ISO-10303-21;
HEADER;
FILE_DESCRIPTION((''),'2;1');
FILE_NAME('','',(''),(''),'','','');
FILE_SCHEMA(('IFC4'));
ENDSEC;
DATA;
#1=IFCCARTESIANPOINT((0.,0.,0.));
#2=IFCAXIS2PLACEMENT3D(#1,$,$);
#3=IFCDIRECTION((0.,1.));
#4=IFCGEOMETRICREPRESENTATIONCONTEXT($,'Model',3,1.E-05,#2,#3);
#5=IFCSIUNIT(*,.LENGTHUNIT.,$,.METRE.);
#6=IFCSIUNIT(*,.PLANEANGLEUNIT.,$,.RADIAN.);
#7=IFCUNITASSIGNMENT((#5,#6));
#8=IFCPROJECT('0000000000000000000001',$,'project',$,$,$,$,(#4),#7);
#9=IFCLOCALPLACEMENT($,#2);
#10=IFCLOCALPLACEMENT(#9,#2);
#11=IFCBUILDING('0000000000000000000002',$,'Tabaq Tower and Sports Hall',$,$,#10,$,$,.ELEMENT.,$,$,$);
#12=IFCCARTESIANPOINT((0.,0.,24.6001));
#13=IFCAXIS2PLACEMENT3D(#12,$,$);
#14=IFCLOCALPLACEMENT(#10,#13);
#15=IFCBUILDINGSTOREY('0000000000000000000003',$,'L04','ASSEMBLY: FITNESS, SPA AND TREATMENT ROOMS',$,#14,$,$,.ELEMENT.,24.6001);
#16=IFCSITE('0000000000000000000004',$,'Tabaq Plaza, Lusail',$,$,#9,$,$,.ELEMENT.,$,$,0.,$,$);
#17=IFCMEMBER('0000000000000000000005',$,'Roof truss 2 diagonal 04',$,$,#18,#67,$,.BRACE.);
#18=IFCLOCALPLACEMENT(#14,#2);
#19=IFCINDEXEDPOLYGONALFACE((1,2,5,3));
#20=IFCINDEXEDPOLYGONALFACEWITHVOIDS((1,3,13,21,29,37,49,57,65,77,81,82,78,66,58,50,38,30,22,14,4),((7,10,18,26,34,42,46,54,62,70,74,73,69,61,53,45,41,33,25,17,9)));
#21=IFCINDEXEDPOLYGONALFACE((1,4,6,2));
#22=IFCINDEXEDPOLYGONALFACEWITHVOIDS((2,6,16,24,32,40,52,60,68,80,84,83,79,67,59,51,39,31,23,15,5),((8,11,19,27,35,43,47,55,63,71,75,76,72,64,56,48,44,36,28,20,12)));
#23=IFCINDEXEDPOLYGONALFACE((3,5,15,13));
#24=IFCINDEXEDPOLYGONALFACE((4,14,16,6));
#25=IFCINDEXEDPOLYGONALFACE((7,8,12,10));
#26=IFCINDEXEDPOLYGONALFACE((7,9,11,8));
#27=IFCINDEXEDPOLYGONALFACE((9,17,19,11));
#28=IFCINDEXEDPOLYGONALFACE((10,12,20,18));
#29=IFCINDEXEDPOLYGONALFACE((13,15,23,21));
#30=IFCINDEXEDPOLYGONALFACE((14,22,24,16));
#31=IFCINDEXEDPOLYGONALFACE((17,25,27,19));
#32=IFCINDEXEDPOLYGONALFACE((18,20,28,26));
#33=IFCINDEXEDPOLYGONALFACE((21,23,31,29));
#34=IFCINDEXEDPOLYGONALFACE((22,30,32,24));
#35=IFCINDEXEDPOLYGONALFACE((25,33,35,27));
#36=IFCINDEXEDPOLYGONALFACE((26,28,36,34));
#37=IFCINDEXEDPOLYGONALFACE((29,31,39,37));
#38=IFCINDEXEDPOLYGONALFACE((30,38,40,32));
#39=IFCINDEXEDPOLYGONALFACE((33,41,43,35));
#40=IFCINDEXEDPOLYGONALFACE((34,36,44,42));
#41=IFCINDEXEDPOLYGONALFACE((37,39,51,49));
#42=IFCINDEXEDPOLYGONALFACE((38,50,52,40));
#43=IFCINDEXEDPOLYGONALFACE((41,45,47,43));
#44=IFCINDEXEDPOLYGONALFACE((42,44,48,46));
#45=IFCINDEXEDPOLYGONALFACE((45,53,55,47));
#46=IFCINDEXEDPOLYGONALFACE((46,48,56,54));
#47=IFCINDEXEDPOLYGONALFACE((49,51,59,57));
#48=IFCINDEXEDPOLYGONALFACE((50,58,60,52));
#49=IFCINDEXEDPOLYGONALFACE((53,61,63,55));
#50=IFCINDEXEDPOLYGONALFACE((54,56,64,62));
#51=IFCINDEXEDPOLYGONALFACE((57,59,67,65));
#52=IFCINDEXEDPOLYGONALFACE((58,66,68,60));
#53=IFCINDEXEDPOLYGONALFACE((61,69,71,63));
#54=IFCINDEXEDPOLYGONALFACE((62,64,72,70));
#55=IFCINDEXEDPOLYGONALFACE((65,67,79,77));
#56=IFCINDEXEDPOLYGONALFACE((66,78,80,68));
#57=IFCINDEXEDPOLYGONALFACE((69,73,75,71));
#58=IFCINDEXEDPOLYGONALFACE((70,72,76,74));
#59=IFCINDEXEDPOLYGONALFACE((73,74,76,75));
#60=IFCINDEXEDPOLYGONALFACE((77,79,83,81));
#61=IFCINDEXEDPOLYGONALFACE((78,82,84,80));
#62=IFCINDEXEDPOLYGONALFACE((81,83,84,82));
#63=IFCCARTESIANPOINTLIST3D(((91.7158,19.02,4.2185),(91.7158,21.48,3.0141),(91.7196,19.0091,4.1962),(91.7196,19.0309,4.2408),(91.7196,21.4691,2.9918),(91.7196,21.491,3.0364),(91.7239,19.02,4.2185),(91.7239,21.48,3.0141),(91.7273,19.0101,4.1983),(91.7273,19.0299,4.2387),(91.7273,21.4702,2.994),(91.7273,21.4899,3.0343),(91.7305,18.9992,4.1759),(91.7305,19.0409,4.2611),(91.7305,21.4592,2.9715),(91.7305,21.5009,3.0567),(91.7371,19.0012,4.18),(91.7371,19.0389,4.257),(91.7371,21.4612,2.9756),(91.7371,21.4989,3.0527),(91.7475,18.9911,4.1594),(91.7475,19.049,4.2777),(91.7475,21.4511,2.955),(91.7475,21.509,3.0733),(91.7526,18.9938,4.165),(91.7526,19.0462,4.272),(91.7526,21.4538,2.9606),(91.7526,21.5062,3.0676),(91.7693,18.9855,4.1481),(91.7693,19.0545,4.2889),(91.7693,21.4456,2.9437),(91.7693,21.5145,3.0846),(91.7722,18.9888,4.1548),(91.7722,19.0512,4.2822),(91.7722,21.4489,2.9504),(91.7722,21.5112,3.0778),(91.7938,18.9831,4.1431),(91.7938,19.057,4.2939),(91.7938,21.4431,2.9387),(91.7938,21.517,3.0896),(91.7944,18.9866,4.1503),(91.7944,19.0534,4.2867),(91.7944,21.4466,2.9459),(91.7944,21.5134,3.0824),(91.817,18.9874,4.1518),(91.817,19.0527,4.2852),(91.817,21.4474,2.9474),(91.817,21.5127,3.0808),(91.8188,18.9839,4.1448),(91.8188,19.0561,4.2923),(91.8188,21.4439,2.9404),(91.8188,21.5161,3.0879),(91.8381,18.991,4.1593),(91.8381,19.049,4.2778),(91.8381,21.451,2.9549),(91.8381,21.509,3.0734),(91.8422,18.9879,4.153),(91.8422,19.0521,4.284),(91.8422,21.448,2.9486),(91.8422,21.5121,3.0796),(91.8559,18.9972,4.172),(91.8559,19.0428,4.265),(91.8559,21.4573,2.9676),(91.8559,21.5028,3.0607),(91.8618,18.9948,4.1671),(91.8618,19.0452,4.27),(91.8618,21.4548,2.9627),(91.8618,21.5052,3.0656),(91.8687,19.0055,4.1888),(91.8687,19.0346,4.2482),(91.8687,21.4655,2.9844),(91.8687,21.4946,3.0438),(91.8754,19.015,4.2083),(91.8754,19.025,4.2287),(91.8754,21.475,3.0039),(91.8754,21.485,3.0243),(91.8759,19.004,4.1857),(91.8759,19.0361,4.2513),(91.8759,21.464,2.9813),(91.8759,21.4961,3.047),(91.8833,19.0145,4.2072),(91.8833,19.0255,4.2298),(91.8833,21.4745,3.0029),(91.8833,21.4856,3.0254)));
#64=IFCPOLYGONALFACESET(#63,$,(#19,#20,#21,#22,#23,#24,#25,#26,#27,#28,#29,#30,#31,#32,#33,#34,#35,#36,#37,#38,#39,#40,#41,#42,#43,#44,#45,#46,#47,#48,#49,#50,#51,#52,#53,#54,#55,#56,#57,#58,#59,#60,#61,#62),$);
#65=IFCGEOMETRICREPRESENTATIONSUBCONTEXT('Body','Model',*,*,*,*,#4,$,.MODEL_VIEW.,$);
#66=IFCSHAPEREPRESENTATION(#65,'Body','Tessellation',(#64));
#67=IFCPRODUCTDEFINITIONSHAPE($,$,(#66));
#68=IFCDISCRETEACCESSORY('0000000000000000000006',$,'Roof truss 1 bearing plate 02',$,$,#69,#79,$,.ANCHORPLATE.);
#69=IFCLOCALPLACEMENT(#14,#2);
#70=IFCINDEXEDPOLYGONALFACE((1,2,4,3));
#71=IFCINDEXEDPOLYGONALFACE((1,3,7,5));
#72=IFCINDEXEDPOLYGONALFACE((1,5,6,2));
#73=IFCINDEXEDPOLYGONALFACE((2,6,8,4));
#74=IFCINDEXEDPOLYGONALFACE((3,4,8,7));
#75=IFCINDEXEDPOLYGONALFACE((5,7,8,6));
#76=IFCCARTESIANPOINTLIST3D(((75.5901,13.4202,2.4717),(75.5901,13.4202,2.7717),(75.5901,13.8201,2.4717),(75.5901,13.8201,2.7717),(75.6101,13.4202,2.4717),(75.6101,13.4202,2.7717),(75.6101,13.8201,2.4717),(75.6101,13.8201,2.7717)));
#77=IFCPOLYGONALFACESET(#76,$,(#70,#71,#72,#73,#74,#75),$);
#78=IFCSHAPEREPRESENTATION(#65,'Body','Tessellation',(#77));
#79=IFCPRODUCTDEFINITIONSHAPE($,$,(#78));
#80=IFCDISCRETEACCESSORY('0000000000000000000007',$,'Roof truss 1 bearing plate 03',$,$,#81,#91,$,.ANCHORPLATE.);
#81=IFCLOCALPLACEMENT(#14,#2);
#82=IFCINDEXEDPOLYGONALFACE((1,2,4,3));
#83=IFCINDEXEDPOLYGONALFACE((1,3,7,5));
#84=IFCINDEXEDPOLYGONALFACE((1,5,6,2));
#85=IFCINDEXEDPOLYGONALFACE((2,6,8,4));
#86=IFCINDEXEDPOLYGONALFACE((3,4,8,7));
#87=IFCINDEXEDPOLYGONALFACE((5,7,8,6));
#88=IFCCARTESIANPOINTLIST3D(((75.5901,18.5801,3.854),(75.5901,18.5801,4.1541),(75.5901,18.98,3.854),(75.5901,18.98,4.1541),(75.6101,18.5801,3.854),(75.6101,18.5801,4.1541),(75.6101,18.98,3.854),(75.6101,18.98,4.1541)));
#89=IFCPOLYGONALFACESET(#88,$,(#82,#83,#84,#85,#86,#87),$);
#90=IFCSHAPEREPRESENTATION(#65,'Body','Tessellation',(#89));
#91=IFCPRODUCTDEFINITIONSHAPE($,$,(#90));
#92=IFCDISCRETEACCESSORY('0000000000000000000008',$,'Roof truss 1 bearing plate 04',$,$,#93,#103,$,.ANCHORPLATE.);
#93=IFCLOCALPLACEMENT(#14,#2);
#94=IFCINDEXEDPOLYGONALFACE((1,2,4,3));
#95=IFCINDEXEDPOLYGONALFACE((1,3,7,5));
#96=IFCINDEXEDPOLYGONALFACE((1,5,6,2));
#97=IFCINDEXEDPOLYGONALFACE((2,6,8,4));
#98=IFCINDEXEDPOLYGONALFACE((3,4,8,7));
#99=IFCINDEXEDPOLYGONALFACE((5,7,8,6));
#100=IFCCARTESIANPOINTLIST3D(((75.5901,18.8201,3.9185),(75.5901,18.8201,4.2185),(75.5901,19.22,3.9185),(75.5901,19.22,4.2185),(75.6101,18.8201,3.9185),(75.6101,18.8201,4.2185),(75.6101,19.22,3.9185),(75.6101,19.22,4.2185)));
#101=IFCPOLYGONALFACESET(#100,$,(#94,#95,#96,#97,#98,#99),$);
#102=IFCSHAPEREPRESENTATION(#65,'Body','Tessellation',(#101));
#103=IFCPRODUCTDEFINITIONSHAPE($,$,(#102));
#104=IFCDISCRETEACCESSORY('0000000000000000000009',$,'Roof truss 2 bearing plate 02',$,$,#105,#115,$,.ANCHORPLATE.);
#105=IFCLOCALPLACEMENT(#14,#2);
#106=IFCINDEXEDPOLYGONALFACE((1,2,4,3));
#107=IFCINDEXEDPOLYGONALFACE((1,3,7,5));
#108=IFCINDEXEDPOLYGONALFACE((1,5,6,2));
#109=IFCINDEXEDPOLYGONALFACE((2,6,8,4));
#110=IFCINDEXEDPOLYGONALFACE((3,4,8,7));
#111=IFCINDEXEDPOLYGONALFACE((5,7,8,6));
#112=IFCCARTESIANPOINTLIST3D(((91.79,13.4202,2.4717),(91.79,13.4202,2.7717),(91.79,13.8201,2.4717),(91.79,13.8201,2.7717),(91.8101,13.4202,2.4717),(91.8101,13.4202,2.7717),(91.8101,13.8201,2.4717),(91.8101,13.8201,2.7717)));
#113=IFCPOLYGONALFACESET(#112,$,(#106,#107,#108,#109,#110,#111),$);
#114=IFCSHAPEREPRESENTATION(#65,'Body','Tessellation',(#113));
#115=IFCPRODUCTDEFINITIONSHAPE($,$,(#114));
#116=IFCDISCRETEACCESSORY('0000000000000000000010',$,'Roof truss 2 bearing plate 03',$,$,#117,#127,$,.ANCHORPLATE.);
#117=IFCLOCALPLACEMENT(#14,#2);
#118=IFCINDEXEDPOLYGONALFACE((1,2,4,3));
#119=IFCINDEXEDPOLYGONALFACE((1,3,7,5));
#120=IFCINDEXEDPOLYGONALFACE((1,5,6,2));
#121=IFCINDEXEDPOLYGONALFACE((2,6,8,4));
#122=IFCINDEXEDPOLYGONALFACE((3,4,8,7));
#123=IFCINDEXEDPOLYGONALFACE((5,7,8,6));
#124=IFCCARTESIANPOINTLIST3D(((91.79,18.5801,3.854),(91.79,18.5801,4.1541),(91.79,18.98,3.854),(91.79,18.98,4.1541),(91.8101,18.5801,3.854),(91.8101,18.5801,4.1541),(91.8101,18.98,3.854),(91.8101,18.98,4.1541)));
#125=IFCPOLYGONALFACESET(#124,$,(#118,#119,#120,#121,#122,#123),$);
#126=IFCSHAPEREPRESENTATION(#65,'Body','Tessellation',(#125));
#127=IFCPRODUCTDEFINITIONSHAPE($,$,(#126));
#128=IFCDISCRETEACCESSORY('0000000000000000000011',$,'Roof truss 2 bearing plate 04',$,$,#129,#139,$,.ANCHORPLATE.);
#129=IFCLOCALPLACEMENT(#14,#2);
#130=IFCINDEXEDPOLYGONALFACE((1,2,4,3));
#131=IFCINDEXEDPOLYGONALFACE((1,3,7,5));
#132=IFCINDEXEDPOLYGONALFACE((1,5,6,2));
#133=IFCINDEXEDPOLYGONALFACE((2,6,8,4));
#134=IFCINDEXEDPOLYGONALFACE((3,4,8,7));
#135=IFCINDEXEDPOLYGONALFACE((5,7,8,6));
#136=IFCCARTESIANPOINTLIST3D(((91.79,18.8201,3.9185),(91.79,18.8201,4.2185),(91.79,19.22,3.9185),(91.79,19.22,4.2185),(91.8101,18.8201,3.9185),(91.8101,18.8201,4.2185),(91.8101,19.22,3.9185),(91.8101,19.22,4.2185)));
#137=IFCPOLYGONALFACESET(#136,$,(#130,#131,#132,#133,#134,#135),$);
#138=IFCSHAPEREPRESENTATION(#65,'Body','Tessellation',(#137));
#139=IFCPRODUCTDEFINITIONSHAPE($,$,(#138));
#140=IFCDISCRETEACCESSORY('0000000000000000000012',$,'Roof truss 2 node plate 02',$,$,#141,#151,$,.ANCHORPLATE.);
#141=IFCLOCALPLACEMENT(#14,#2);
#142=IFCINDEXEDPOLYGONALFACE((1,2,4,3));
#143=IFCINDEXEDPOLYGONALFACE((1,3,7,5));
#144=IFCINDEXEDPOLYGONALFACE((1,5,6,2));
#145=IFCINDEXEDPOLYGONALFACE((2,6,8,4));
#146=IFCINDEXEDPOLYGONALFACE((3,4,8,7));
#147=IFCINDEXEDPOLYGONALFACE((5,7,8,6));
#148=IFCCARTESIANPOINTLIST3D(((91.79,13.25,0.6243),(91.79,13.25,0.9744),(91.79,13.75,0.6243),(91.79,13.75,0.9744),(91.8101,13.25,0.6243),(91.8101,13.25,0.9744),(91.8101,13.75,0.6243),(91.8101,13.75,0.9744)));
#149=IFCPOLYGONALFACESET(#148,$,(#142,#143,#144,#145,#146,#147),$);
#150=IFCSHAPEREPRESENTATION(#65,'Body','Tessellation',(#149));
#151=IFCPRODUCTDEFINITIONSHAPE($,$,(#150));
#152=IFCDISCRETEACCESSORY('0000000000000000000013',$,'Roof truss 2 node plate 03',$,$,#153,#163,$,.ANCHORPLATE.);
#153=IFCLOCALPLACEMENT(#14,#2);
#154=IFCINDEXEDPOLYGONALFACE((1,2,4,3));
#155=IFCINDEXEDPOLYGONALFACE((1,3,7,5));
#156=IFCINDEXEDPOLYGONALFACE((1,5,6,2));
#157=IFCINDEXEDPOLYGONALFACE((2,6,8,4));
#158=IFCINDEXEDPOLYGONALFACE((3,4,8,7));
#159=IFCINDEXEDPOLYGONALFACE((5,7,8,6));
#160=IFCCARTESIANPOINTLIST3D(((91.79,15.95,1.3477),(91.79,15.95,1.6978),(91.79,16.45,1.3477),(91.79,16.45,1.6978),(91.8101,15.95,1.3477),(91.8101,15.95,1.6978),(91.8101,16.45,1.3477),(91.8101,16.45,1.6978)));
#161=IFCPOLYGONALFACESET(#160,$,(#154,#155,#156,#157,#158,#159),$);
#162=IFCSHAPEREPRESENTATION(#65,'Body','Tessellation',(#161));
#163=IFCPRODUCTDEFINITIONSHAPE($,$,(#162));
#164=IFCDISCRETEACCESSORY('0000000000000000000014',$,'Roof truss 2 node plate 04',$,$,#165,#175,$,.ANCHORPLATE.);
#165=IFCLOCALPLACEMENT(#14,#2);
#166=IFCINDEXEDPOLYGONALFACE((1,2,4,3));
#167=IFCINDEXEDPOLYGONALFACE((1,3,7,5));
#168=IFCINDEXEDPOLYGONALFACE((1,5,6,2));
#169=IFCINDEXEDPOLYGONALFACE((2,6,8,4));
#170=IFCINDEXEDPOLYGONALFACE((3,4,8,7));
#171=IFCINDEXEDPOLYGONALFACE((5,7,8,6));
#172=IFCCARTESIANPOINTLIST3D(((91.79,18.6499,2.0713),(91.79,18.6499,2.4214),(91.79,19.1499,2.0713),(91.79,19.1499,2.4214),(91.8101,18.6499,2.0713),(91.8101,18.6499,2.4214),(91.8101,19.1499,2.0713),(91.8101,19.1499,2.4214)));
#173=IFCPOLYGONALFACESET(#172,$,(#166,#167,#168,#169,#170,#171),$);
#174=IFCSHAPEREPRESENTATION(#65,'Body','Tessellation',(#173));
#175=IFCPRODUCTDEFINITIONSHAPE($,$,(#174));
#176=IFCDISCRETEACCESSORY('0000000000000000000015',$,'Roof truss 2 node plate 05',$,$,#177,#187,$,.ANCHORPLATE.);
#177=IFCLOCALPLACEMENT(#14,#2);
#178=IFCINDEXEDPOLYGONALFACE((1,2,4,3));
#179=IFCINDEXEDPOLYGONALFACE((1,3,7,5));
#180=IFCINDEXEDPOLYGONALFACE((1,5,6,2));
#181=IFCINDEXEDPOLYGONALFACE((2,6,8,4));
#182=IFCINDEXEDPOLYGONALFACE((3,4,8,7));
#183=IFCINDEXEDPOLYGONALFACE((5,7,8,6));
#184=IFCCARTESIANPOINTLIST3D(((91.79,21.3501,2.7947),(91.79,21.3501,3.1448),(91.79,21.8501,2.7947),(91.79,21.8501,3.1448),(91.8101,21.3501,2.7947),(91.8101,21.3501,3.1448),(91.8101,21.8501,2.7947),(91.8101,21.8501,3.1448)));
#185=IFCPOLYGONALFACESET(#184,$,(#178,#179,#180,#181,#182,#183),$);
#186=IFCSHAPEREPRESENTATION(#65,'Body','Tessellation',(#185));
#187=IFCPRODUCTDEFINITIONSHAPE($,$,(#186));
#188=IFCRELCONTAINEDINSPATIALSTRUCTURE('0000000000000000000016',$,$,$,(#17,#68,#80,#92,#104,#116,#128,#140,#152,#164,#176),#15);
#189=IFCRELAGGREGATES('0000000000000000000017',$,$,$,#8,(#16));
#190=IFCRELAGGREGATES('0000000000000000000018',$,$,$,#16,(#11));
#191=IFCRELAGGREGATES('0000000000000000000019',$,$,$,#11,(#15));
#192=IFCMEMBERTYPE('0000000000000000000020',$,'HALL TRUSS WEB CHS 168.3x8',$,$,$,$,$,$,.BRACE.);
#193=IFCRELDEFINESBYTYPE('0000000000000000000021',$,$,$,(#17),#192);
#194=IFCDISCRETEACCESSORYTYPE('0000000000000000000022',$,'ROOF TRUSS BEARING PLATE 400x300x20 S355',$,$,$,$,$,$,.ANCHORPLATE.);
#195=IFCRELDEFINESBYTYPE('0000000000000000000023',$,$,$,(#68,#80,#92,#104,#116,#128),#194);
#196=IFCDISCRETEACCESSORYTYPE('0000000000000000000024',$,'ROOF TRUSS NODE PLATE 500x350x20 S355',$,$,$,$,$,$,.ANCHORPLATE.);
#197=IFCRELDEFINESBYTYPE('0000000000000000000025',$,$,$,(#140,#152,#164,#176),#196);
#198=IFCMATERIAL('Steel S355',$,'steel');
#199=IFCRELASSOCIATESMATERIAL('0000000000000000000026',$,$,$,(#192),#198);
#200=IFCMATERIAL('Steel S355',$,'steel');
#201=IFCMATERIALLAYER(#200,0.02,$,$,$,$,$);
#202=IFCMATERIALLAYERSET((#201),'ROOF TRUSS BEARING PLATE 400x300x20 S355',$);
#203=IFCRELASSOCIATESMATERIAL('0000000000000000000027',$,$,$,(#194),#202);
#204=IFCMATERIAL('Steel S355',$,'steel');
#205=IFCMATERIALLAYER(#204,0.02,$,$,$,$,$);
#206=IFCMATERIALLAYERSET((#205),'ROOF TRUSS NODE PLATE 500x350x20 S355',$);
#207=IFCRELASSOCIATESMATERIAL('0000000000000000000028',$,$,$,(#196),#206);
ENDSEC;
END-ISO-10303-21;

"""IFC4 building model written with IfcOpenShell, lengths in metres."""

from ifc_helpers import new_model, si_unit, direction, frame, origin, origin_2d, place, context, subcontext, project, spatial, rectangle, hollow_circle, extrude, material, layer, layer_set, material_profile, profile_set, type_object, element, save


model = new_model("IFC4")

# Units and contexts
model_context = context("Model", 3, precision=1e-05, world=origin(), true_north=direction((0.0, 1.0)))
body_context = subcontext(model_context, "Body", "Model", "MODEL_VIEW")
ifc_project = project(units=[si_unit("LENGTHUNIT", "METRE"), si_unit("PLANEANGLEUNIT", "RADIAN")], contexts=[model_context])

# Site, building, storey
site_placement = place(None, origin())
site = spatial("IfcSite", under=ifc_project, at=site_placement, Name="Tabaq Plaza, Lusail", CompositionType="ELEMENT", RefElevation=0.0)
building_placement = place(site_placement, origin())
building = spatial("IfcBuilding", under=site, at=building_placement, Name="Tabaq Tower and Sports Hall", CompositionType="ELEMENT")
storey_placement = place(building_placement, frame((0.0, 0.0, 24.6001)))
storey = spatial("IfcBuildingStorey", under=building, at=storey_placement, Name="L04", Description="ASSEMBLY: FITNESS, SPA AND TREATMENT ROOMS", CompositionType="ELEMENT", Elevation=24.6001)

# Member
ifc_material_1 = material(Name="Steel S355", Category="steel")
ifc_material_profile_1 = material_profile(ifc_material_1, hollow_circle(Radius=0.0842, WallThickness=0.0081, at=origin_2d()), Name="CHS 168.3x8")
ifc_profile_set_1 = profile_set([ifc_material_profile_1], Name="Steel S355")
member_type_1 = type_object("IfcMemberType", Name="HALL TRUSS WEB CHS 168.3x8", PredefinedType="BRACE", material=ifc_profile_set_1)
member_1_placement = place(storey_placement, frame((91.8, 19.02, 4.2185), z_axis=(0.0, 0.89814, -0.43971), x_axis=(-1.0, 0.0, 0.0)))
element("IfcMember", 1, at=member_1_placement, inside=storey, type_object=member_type_1, Name="Roof truss 2 diagonal 04", PredefinedType="BRACE", context=body_context, shape_type="SweptSolid", body=[
    extrude(hollow_circle(Radius=0.0842, WallThickness=0.0081, at=origin_2d()), origin(), (0.0, 0.0, 1.0), 2.739),
])

# Discrete accessories
ifc_material_2 = material(Name="Steel S355", Category="steel")
ifc_layer_1 = layer(ifc_material_2, 0.02)
ifc_layer_set_1 = layer_set([ifc_layer_1], Name="ROOF TRUSS BEARING PLATE 400x300x20 S355")
discrete_accessory_type_1 = type_object("IfcDiscreteAccessoryType", Name="ROOF TRUSS BEARING PLATE 400x300x20 S355", PredefinedType="ANCHORPLATE", material=ifc_layer_set_1)
for number, where, z_axis, x_axis, name in (
    (2, (75.6001, 13.6201, 2.4717), (0.0, 0.0, 1.0), (1.0, 0.0, 0.0), "Roof truss 1 bearing plate 02"),
    (3, (75.6001, 18.78, 3.854), (0.0, 0.0, 1.0), (1.0, 0.0, 0.0), "Roof truss 1 bearing plate 03"),
    (4, (75.6001, 19.02, 3.9185), (0.0, 0.0, 1.0), (1.0, 0.0, 0.0), "Roof truss 1 bearing plate 04"),
    (5, (91.8, 13.6201, 2.4717), (0.0, 0.0, 1.0), (1.0, 0.0, 0.0), "Roof truss 2 bearing plate 02"),
    (6, (91.8, 18.78, 3.854), (0.0, 0.0, 1.0), (1.0, 0.0, 0.0), "Roof truss 2 bearing plate 03"),
    (7, (91.8, 19.02, 3.9185), (0.0, 0.0, 1.0), (1.0, 0.0, 0.0), "Roof truss 2 bearing plate 04"),
):
    element("IfcDiscreteAccessory", number, at=place(storey_placement, frame(where, z_axis=z_axis, x_axis=x_axis)), inside=storey, type_object=discrete_accessory_type_1, Name=name, PredefinedType="ANCHORPLATE", context=body_context, shape_type="SweptSolid", body=[
        extrude(rectangle(XDim=0.02, YDim=0.3999, at=origin_2d()), origin(), (0.0, 0.0, 1.0), 0.3),
    ])
ifc_material_3 = material(Name="Steel S355", Category="steel")
ifc_layer_2 = layer(ifc_material_3, 0.02)
ifc_layer_set_2 = layer_set([ifc_layer_2], Name="ROOF TRUSS NODE PLATE 500x350x20 S355")
discrete_accessory_type_2 = type_object("IfcDiscreteAccessoryType", Name="ROOF TRUSS NODE PLATE 500x350x20 S355", PredefinedType="ANCHORPLATE", material=ifc_layer_set_2)
for number, where, z_axis, x_axis, name in (
    (8, (91.8, 13.5, 0.6243), (0.0, 0.0, 1.0), (1.0, 0.0, 0.0), "Roof truss 2 node plate 02"),
    (9, (91.8, 16.2, 1.3477), (0.0, 0.0, 1.0), (1.0, 0.0, 0.0), "Roof truss 2 node plate 03"),
    (10, (91.8, 18.8999, 2.0713), (0.0, 0.0, 1.0), (1.0, 0.0, 0.0), "Roof truss 2 node plate 04"),
    (11, (91.8, 21.6001, 2.7947), (0.0, 0.0, 1.0), (1.0, 0.0, 0.0), "Roof truss 2 node plate 05"),
):
    element("IfcDiscreteAccessory", number, at=place(storey_placement, frame(where, z_axis=z_axis, x_axis=x_axis)), inside=storey, type_object=discrete_accessory_type_2, Name=name, PredefinedType="ANCHORPLATE", context=body_context, shape_type="SweptSolid", body=[
        extrude(rectangle(XDim=0.02, YDim=0.5, at=origin_2d()), origin(), (0.0, 0.0, 1.0), 0.3501),
    ])

save(model, "model.ifc")
